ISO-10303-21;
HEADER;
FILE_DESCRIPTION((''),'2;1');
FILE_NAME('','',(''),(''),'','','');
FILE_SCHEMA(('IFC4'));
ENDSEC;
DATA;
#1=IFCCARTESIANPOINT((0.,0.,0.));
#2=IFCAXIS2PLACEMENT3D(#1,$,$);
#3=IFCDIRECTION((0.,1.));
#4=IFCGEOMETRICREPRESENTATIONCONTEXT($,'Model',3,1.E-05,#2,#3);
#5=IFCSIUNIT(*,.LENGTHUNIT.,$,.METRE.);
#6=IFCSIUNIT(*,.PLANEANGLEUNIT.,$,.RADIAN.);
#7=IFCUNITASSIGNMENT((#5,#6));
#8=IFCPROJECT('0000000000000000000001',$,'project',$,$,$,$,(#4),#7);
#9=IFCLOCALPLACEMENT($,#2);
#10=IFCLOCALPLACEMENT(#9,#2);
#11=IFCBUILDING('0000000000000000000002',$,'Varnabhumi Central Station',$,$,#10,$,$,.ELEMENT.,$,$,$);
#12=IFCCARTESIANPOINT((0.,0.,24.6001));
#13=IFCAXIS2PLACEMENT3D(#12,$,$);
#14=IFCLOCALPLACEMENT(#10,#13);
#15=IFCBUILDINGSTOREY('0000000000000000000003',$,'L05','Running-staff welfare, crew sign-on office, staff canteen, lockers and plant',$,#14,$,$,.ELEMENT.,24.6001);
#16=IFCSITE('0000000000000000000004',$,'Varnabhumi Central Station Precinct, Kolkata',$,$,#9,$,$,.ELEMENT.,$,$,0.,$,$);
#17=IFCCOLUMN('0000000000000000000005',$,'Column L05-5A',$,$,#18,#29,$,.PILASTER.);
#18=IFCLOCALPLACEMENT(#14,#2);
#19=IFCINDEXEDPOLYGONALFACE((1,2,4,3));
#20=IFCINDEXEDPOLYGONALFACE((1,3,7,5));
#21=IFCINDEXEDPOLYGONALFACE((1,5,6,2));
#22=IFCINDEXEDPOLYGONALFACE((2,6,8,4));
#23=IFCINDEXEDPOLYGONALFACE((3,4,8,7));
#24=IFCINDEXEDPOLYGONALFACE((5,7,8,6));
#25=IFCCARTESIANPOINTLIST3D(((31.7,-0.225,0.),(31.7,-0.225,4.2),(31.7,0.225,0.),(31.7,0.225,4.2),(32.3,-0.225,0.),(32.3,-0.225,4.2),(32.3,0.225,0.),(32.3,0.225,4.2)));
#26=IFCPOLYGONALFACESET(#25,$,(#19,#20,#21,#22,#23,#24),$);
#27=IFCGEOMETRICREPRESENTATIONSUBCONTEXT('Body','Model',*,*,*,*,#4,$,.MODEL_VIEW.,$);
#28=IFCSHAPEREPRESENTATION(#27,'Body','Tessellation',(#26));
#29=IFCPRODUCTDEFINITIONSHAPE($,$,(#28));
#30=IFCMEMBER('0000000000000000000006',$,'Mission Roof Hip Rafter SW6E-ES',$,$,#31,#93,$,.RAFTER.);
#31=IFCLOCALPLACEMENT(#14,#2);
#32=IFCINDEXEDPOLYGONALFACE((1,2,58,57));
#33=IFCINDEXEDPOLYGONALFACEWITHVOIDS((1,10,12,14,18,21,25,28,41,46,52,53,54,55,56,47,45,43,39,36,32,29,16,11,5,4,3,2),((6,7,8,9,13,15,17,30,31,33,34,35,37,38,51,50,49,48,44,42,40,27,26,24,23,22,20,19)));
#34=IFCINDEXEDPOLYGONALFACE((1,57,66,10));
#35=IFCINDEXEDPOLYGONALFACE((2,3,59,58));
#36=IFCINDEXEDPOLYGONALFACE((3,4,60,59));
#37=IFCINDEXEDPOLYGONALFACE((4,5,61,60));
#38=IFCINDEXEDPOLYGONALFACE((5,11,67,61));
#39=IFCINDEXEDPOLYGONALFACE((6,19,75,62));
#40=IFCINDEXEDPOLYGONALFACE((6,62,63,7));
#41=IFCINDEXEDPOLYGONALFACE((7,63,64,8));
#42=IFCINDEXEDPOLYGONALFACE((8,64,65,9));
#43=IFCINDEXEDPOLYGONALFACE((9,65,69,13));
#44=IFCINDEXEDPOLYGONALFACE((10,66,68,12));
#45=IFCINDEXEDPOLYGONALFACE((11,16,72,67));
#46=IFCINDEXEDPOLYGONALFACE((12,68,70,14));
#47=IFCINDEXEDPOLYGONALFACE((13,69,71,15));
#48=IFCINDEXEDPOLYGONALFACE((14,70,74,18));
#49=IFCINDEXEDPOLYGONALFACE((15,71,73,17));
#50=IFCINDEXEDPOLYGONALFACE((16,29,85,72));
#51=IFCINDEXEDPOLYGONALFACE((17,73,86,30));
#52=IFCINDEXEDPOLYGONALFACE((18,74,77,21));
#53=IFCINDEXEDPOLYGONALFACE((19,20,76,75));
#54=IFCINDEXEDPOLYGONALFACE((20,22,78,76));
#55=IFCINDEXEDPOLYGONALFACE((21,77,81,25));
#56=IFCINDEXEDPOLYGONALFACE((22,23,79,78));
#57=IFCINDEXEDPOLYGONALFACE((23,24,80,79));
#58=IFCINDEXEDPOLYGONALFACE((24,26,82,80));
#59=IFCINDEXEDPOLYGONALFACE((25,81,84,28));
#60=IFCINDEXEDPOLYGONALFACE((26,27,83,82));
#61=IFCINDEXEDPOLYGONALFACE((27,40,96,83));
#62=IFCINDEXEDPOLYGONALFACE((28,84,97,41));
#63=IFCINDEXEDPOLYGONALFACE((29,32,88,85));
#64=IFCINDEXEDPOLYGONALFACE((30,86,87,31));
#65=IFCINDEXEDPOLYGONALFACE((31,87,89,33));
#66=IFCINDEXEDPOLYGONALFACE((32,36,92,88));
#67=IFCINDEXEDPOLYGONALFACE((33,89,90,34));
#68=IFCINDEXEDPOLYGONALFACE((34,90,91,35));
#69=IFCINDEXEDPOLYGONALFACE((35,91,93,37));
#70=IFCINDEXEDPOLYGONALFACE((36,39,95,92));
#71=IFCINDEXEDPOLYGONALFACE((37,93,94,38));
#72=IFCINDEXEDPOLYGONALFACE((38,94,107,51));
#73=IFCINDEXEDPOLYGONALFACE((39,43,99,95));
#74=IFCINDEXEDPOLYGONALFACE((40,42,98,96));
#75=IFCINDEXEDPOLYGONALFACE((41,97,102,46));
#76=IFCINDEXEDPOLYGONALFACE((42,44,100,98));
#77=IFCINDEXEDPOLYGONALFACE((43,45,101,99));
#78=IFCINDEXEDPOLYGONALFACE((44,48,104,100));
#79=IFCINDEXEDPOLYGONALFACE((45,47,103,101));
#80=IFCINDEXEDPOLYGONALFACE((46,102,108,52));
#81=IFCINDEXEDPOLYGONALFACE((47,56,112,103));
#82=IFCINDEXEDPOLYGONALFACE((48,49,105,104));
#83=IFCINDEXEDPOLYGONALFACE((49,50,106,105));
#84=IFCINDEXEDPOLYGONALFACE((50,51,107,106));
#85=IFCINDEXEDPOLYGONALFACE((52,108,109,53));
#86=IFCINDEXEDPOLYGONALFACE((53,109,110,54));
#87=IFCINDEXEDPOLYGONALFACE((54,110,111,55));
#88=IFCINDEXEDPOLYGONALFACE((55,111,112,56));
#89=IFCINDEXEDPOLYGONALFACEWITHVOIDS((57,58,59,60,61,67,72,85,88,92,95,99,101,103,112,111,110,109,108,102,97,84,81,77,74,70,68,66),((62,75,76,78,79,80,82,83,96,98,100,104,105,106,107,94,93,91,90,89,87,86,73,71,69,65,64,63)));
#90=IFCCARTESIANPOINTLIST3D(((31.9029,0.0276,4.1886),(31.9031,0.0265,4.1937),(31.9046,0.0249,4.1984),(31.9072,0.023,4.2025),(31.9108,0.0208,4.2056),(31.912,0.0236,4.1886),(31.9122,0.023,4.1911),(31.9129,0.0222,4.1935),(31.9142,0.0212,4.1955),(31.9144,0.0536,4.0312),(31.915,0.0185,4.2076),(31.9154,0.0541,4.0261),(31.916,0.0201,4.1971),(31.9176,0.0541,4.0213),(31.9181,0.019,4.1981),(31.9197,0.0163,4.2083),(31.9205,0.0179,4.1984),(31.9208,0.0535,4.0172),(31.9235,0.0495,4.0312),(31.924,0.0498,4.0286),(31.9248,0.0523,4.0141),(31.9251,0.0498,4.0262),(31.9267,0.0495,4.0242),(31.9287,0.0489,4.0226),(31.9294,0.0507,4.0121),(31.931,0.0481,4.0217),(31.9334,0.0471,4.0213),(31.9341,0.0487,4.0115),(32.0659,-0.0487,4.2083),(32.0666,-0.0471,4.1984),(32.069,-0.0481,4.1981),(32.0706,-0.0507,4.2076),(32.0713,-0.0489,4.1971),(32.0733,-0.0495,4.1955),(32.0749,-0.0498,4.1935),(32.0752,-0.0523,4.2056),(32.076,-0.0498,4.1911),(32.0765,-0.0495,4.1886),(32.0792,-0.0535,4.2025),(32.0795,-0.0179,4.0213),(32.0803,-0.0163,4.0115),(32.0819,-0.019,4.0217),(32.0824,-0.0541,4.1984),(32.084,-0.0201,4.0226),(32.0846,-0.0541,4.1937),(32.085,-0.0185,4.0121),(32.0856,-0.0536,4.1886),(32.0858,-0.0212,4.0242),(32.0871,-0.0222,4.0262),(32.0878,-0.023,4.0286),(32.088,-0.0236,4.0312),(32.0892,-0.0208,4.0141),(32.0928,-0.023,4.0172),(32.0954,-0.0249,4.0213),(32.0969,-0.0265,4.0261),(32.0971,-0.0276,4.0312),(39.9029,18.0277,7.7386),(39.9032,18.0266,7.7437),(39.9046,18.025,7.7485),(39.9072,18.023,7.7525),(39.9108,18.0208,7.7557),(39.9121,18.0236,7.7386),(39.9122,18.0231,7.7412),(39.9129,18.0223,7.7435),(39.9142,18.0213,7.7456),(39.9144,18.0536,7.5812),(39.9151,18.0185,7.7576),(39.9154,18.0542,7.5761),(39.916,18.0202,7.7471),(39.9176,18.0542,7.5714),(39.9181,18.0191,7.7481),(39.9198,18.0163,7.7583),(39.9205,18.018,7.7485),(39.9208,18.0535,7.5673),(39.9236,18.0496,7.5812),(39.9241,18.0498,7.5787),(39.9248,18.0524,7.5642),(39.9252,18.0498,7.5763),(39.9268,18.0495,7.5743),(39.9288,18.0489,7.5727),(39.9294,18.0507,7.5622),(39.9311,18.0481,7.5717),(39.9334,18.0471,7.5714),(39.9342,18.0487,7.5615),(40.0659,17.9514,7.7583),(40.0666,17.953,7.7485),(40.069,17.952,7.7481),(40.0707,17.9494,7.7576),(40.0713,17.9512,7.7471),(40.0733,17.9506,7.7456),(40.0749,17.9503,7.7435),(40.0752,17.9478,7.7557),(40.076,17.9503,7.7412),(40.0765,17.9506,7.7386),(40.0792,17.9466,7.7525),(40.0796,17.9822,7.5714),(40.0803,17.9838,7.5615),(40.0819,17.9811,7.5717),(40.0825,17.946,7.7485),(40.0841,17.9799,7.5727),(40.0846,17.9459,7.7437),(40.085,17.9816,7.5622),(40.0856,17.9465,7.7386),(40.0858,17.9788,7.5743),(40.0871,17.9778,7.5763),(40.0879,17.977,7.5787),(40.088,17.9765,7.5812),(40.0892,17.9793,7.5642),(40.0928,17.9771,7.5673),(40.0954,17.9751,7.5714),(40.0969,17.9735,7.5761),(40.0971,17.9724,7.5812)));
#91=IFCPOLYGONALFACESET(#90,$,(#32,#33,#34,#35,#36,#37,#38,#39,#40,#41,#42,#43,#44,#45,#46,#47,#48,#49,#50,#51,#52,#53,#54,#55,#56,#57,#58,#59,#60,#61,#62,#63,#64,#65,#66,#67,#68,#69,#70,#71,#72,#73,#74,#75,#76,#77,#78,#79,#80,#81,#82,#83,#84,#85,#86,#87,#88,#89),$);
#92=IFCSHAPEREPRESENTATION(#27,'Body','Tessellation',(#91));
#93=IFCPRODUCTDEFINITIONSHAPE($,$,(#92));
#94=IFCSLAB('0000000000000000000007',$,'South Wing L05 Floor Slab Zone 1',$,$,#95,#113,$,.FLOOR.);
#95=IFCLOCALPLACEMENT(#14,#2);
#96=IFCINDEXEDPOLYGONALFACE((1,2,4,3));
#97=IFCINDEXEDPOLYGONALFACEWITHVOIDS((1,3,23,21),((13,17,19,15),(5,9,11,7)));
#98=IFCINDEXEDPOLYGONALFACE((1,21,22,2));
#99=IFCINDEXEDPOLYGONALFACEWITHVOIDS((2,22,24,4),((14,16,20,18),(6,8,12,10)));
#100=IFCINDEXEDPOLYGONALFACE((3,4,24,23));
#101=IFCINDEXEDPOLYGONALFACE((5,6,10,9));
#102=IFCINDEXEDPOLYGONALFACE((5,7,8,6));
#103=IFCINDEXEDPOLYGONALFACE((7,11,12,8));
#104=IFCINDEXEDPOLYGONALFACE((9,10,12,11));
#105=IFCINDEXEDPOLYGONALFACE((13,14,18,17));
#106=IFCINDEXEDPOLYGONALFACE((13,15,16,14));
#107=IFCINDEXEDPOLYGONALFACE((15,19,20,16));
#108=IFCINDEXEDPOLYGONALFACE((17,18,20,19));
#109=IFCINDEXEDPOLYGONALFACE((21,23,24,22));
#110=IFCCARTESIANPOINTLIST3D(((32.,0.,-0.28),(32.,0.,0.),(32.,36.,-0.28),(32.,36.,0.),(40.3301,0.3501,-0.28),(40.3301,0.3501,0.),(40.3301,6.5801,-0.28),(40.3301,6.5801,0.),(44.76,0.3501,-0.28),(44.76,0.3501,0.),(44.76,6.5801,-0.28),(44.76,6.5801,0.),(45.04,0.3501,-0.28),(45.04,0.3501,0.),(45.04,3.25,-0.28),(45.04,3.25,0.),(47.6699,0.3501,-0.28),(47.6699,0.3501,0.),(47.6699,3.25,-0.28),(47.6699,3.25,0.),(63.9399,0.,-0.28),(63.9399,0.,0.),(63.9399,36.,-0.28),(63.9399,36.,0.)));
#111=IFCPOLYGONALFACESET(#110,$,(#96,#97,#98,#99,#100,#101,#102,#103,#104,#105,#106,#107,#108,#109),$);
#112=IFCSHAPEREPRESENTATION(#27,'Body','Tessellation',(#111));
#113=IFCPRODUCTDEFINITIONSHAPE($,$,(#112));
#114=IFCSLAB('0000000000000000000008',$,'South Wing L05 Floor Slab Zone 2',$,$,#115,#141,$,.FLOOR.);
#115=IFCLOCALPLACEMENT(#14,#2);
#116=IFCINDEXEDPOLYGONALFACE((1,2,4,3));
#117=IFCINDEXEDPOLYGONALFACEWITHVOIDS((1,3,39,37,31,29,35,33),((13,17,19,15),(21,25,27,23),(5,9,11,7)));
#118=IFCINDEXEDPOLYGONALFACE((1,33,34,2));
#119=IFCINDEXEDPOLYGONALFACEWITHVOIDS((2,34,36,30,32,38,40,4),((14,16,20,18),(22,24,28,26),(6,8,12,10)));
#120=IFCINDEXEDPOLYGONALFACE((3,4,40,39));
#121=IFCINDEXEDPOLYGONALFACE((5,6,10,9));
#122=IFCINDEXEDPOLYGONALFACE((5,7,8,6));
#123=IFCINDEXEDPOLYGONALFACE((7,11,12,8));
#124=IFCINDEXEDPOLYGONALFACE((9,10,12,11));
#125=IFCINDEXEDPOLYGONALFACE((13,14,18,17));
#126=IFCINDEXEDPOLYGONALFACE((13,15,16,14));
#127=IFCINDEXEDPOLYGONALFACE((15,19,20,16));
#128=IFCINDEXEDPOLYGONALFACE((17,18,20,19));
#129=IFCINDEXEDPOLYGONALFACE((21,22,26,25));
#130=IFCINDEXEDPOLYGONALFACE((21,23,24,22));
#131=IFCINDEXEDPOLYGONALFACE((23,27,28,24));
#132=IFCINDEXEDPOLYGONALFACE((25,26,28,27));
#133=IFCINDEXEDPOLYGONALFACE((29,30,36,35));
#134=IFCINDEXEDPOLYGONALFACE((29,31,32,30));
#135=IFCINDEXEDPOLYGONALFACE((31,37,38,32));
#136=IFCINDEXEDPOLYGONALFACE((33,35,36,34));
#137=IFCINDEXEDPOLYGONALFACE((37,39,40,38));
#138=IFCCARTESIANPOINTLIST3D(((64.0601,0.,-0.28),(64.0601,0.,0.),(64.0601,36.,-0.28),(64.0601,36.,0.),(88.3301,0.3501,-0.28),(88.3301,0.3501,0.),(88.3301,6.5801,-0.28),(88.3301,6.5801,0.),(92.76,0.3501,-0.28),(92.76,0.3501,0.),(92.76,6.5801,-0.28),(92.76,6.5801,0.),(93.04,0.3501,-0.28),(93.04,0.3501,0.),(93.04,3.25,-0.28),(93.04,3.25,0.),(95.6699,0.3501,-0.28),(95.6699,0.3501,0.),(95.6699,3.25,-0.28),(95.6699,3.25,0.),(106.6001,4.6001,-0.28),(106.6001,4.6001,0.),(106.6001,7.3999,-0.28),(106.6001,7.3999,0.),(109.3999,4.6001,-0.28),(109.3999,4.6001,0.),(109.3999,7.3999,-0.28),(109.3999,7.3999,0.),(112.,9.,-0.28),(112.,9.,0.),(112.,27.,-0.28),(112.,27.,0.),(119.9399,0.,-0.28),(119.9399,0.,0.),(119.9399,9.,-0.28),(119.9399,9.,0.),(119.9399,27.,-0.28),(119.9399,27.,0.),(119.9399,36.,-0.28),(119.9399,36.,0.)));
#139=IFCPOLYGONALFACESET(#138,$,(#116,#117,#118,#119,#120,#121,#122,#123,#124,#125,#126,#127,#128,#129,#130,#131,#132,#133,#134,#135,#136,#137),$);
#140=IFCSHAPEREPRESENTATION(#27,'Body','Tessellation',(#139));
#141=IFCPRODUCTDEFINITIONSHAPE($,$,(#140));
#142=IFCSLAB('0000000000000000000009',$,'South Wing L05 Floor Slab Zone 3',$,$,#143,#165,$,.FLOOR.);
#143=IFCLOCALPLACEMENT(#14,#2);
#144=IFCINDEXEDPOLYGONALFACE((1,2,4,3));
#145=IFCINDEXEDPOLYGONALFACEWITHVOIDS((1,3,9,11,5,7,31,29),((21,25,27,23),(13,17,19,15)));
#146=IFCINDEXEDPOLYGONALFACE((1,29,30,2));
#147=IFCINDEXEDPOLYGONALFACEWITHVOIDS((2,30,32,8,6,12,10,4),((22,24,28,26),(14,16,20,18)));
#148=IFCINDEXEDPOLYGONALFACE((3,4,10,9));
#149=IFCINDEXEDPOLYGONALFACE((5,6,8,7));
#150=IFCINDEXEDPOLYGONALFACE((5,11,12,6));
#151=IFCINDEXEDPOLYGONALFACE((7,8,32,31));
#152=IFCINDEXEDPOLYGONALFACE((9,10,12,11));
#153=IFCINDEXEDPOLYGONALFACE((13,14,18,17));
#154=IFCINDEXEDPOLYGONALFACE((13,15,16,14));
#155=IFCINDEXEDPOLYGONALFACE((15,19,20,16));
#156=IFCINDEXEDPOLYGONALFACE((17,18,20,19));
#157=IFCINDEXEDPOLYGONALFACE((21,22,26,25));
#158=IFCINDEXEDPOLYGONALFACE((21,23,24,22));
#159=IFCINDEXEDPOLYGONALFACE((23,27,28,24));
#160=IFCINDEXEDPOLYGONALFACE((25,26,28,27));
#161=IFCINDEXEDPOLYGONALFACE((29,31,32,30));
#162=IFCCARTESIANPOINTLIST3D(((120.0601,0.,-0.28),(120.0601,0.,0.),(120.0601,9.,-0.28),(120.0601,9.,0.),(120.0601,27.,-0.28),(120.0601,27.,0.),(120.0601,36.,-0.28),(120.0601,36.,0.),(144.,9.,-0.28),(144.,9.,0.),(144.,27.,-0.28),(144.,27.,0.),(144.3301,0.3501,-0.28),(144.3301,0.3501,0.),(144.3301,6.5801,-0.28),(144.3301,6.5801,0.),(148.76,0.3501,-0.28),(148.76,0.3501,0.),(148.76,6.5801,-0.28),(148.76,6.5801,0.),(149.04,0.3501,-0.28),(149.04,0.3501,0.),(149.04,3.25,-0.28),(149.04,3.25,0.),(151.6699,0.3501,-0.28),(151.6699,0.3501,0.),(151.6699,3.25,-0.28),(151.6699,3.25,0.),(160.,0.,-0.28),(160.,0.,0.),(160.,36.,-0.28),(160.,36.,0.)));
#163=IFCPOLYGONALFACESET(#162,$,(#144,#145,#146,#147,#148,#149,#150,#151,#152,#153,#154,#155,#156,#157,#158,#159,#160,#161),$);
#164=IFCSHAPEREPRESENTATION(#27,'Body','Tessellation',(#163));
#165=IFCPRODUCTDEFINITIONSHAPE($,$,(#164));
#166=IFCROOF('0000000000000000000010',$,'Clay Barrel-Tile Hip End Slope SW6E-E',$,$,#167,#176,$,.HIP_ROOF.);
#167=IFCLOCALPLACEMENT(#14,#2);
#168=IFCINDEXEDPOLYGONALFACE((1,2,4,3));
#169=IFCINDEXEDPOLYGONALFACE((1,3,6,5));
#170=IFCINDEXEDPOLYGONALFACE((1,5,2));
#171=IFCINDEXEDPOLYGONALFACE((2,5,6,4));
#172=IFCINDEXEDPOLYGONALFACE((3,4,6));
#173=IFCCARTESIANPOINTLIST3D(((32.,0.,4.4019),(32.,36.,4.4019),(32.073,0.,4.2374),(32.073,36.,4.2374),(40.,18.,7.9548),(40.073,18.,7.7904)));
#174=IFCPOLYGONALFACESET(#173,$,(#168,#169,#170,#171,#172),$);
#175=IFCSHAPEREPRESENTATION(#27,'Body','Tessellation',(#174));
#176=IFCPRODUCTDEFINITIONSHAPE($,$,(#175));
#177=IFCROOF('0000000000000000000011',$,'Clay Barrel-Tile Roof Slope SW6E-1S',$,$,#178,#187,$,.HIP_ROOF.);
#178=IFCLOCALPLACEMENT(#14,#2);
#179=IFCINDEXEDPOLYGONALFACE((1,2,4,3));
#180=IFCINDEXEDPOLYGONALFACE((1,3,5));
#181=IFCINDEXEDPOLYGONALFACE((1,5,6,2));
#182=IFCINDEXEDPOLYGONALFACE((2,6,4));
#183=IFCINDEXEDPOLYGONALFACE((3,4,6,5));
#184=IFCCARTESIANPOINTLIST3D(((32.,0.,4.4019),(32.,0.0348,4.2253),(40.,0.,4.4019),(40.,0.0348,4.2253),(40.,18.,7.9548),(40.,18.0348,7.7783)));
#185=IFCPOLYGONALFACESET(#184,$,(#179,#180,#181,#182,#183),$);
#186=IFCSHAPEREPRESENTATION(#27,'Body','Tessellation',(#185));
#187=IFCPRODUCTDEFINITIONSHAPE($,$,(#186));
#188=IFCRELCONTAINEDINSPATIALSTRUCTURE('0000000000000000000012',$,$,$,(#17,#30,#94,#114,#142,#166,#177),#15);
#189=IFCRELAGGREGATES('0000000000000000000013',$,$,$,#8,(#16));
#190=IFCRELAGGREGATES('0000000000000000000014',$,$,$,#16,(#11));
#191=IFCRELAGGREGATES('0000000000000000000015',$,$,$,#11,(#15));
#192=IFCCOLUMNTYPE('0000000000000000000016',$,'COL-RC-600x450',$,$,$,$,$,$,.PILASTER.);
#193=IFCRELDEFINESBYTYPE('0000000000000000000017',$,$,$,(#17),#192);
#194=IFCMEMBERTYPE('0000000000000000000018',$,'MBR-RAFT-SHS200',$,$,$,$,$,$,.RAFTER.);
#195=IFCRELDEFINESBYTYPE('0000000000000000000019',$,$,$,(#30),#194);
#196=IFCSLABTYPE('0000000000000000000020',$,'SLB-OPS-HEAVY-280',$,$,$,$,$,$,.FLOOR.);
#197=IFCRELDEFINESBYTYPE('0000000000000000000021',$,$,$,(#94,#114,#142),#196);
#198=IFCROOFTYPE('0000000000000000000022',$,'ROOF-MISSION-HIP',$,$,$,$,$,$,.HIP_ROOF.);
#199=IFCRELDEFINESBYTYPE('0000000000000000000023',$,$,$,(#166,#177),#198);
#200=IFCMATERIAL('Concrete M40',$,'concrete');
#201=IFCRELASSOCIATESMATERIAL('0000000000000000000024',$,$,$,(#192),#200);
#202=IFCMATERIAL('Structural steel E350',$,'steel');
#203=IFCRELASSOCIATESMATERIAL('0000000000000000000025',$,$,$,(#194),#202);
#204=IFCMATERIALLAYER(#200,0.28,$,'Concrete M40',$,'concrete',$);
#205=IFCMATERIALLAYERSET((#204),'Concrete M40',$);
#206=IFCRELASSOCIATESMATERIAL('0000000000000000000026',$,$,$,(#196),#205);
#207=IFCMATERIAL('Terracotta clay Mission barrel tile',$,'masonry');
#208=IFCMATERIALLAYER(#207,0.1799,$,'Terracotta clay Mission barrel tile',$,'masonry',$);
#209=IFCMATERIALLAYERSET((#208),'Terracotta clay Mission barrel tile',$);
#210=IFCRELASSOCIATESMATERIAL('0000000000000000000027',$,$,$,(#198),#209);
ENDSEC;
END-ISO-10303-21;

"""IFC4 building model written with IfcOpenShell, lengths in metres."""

from ifc_helpers import new_model, si_unit, direction, frame, origin, origin_2d, place, context, subcontext, project, spatial, polyline, rectangle, hollow_rectangle, outline, extrude, material, layer, layer_set, material_profile, profile_set, type_object, element, save


model = new_model("IFC4")

# Units and contexts
model_context = context("Model", 3, precision=1e-05, world=origin(), true_north=direction((0.0, 1.0)))
body_context = subcontext(model_context, "Body", "Model", "MODEL_VIEW")
ifc_project = project(units=[si_unit("LENGTHUNIT", "METRE"), si_unit("PLANEANGLEUNIT", "RADIAN")], contexts=[model_context])

# Site, building, storey
site_placement = place(None, origin())
site = spatial("IfcSite", under=ifc_project, at=site_placement, Name="Varnabhumi Central Station Precinct, Kolkata", CompositionType="ELEMENT", RefElevation=0.0)
building_placement = place(site_placement, origin())
building = spatial("IfcBuilding", under=site, at=building_placement, Name="Varnabhumi Central Station", CompositionType="ELEMENT")
storey_placement = place(building_placement, frame((0.0, 0.0, 24.6001)))
storey = spatial("IfcBuildingStorey", under=building, at=storey_placement, Name="L05", Description="Running-staff welfare, crew sign-on office, staff canteen, lockers and plant", CompositionType="ELEMENT", Elevation=24.6001)

# Column
ifc_material_1 = material(Name="Concrete M40", Category="concrete")
ifc_material_profile_1 = material_profile(ifc_material_1, rectangle(XDim=0.6001, YDim=0.45, at=origin_2d()), Name="Concrete M40", Category="concrete")
ifc_profile_set_1 = profile_set([ifc_material_profile_1], Name="Concrete M40")
column_type = type_object("IfcColumnType", Name="COL-RC-600x450", PredefinedType="PILASTER", material=ifc_profile_set_1)
column_placement = place(storey_placement, frame((32.0, 0.0, 0.0), z_axis=(0.0, 0.0, 1.0), x_axis=(1.0, 0.0, 0.0)))
element("IfcColumn", 1, at=column_placement, inside=storey, type_object=column_type, Name="Column L05-5A", PredefinedType="PILASTER", context=body_context, shape_type="SweptSolid", body=[
    extrude(rectangle(XDim=0.6001, YDim=0.45, at=origin_2d()), origin(), (0.0, 0.0, 1.0), 4.2),
])

# Member
ifc_material_2 = material(Name="Structural steel E350", Category="steel")
ifc_material_profile_2 = material_profile(ifc_material_2, hollow_rectangle(XDim=0.2, YDim=0.2, WallThickness=0.01, InnerFilletRadius=0.01, OuterFilletRadius=0.02, at=origin_2d()), Name="Structural steel E350", Category="steel")
ifc_profile_set_2 = profile_set([ifc_material_profile_2], Name="Structural steel E350")
member_type = type_object("IfcMemberType", Name="MBR-RAFT-SHS200", PredefinedType="RAFTER", material=ifc_profile_set_2)
member_placement = place(storey_placement, frame((32.0, 0.0, 4.1099), z_axis=(0.399699, 0.899323, 0.177369), x_axis=(-0.913812, 0.406138, 0.0)))
element("IfcMember", 2, at=member_placement, inside=storey, type_object=member_type, Name="Mission Roof Hip Rafter SW6E-ES", PredefinedType="RAFTER", context=body_context, shape_type="SweptSolid", body=[
    extrude(hollow_rectangle(XDim=0.2, YDim=0.2, WallThickness=0.01, InnerFilletRadius=0.01, OuterFilletRadius=0.02, at=origin_2d()), origin(), (0.0, 0.0, 1.0), 20.0151),
])

# Slabs
ifc_layer_1 = layer(ifc_material_1, 0.28, Name="Concrete M40", Category="concrete")
ifc_layer_set_1 = layer_set([ifc_layer_1], Name="Concrete M40")
slab_type = type_object("IfcSlabType", Name="SLB-OPS-HEAVY-280", PredefinedType="FLOOR", material=ifc_layer_set_1)
slab_1_placement = place(storey_placement, frame((0.0, 0.0, -0.28)))
element("IfcSlab", 3, at=slab_1_placement, inside=storey, type_object=slab_type, Name="South Wing L05 Floor Slab Zone 1", PredefinedType="FLOOR", context=body_context, shape_type="SweptSolid", body=[
    extrude(outline(polyline([(32.0, 0.0), (63.9399, 0.0), (63.9399, 36.0), (32.0, 36.0), (32.0, 0.0)]), holes=[polyline([(40.3301, 0.3501), (44.76, 0.3501), (44.76, 6.5801), (40.3301, 6.5801), (40.3301, 0.3501)]), polyline([(45.04, 0.3501), (47.6699, 0.3501), (47.6699, 3.25), (45.04, 3.25), (45.04, 0.3501)])]), origin(), (0.0, 0.0, 1.0), 0.28),
])
slab_2_placement = place(storey_placement, frame((0.0, 0.0, -0.28)))
element("IfcSlab", 4, at=slab_2_placement, inside=storey, type_object=slab_type, Name="South Wing L05 Floor Slab Zone 2", PredefinedType="FLOOR", context=body_context, shape_type="SweptSolid", body=[
    extrude(outline(polyline([(64.0601, 0.0), (119.9399, 0.0), (119.9399, 9.0), (112.0, 9.0), (112.0, 27.0), (119.9399, 27.0), (119.9399, 36.0), (64.0601, 36.0), (64.0601, 0.0)]), holes=[polyline([(88.3301, 0.3501), (92.76, 0.3501), (92.76, 6.5801), (88.3301, 6.5801), (88.3301, 0.3501)]), polyline([(93.04, 0.3501), (95.6699, 0.3501), (95.6699, 3.25), (93.04, 3.25), (93.04, 0.3501)]), polyline([(106.6001, 4.6001), (109.3999, 4.6001), (109.3999, 7.3999), (106.6001, 7.3999), (106.6001, 4.6001)])]), origin(), (0.0, 0.0, 1.0), 0.28),
])
slab_3_placement = place(storey_placement, frame((0.0, 0.0, -0.28)))
element("IfcSlab", 5, at=slab_3_placement, inside=storey, type_object=slab_type, Name="South Wing L05 Floor Slab Zone 3", PredefinedType="FLOOR", context=body_context, shape_type="SweptSolid", body=[
    extrude(outline(polyline([(120.0601, 0.0), (160.0, 0.0), (160.0, 36.0), (120.0601, 36.0), (120.0601, 27.0), (144.0, 27.0), (144.0, 9.0), (120.0601, 9.0), (120.0601, 0.0)]), holes=[polyline([(144.3301, 0.3501), (148.76, 0.3501), (148.76, 6.5801), (144.3301, 6.5801), (144.3301, 0.3501)]), polyline([(149.04, 0.3501), (151.6699, 0.3501), (151.6699, 3.25), (149.04, 3.25), (149.04, 0.3501)])]), origin(), (0.0, 0.0, 1.0), 0.28),
])

# Roofs
ifc_material_3 = material(Name="Terracotta clay Mission barrel tile", Category="masonry")
ifc_layer_2 = layer(ifc_material_3, 0.1799, Name="Terracotta clay Mission barrel tile", Category="masonry")
ifc_layer_set_2 = layer_set([ifc_layer_2], Name="Terracotta clay Mission barrel tile")
roof_type = type_object("IfcRoofType", Name="ROOF-MISSION-HIP", PredefinedType="HIP_ROOF", material=ifc_layer_set_2)
roof_1_placement = place(storey_placement, frame((32.0, 0.0, 4.4019), z_axis=(-0.405893, 0.0, 0.913921), x_axis=(0.0, 1.0, 0.0)))
element("IfcRoof", 6, at=roof_1_placement, inside=storey, type_object=roof_type, Name="Clay Barrel-Tile Hip End Slope SW6E-E", PredefinedType="HIP_ROOF", context=body_context, shape_type="SweptSolid", body=[
    extrude(outline(polyline([(0.0, 0.0), (36.0, 0.0), (18.0, -8.7535), (0.0, 0.0)])), origin(), (0.0, 0.0, -1.0), 0.1799),
])
roof_2_placement = place(storey_placement, frame((32.0, 0.0, 4.4019), z_axis=(0.0, -0.193651, 0.98107), x_axis=(1.0, 0.0, 0.0)))
element("IfcRoof", 7, at=roof_2_placement, inside=storey, type_object=roof_type, Name="Clay Barrel-Tile Roof Slope SW6E-1S", PredefinedType="HIP_ROOF", context=body_context, shape_type="SweptSolid", body=[
    extrude(outline(polyline([(0.0, 0.0), (8.0, 0.0), (8.0, 18.3473), (0.0, 0.0)])), origin(), (0.0, 0.0, -1.0), 0.1799),
])

save(model, "model.ifc")
